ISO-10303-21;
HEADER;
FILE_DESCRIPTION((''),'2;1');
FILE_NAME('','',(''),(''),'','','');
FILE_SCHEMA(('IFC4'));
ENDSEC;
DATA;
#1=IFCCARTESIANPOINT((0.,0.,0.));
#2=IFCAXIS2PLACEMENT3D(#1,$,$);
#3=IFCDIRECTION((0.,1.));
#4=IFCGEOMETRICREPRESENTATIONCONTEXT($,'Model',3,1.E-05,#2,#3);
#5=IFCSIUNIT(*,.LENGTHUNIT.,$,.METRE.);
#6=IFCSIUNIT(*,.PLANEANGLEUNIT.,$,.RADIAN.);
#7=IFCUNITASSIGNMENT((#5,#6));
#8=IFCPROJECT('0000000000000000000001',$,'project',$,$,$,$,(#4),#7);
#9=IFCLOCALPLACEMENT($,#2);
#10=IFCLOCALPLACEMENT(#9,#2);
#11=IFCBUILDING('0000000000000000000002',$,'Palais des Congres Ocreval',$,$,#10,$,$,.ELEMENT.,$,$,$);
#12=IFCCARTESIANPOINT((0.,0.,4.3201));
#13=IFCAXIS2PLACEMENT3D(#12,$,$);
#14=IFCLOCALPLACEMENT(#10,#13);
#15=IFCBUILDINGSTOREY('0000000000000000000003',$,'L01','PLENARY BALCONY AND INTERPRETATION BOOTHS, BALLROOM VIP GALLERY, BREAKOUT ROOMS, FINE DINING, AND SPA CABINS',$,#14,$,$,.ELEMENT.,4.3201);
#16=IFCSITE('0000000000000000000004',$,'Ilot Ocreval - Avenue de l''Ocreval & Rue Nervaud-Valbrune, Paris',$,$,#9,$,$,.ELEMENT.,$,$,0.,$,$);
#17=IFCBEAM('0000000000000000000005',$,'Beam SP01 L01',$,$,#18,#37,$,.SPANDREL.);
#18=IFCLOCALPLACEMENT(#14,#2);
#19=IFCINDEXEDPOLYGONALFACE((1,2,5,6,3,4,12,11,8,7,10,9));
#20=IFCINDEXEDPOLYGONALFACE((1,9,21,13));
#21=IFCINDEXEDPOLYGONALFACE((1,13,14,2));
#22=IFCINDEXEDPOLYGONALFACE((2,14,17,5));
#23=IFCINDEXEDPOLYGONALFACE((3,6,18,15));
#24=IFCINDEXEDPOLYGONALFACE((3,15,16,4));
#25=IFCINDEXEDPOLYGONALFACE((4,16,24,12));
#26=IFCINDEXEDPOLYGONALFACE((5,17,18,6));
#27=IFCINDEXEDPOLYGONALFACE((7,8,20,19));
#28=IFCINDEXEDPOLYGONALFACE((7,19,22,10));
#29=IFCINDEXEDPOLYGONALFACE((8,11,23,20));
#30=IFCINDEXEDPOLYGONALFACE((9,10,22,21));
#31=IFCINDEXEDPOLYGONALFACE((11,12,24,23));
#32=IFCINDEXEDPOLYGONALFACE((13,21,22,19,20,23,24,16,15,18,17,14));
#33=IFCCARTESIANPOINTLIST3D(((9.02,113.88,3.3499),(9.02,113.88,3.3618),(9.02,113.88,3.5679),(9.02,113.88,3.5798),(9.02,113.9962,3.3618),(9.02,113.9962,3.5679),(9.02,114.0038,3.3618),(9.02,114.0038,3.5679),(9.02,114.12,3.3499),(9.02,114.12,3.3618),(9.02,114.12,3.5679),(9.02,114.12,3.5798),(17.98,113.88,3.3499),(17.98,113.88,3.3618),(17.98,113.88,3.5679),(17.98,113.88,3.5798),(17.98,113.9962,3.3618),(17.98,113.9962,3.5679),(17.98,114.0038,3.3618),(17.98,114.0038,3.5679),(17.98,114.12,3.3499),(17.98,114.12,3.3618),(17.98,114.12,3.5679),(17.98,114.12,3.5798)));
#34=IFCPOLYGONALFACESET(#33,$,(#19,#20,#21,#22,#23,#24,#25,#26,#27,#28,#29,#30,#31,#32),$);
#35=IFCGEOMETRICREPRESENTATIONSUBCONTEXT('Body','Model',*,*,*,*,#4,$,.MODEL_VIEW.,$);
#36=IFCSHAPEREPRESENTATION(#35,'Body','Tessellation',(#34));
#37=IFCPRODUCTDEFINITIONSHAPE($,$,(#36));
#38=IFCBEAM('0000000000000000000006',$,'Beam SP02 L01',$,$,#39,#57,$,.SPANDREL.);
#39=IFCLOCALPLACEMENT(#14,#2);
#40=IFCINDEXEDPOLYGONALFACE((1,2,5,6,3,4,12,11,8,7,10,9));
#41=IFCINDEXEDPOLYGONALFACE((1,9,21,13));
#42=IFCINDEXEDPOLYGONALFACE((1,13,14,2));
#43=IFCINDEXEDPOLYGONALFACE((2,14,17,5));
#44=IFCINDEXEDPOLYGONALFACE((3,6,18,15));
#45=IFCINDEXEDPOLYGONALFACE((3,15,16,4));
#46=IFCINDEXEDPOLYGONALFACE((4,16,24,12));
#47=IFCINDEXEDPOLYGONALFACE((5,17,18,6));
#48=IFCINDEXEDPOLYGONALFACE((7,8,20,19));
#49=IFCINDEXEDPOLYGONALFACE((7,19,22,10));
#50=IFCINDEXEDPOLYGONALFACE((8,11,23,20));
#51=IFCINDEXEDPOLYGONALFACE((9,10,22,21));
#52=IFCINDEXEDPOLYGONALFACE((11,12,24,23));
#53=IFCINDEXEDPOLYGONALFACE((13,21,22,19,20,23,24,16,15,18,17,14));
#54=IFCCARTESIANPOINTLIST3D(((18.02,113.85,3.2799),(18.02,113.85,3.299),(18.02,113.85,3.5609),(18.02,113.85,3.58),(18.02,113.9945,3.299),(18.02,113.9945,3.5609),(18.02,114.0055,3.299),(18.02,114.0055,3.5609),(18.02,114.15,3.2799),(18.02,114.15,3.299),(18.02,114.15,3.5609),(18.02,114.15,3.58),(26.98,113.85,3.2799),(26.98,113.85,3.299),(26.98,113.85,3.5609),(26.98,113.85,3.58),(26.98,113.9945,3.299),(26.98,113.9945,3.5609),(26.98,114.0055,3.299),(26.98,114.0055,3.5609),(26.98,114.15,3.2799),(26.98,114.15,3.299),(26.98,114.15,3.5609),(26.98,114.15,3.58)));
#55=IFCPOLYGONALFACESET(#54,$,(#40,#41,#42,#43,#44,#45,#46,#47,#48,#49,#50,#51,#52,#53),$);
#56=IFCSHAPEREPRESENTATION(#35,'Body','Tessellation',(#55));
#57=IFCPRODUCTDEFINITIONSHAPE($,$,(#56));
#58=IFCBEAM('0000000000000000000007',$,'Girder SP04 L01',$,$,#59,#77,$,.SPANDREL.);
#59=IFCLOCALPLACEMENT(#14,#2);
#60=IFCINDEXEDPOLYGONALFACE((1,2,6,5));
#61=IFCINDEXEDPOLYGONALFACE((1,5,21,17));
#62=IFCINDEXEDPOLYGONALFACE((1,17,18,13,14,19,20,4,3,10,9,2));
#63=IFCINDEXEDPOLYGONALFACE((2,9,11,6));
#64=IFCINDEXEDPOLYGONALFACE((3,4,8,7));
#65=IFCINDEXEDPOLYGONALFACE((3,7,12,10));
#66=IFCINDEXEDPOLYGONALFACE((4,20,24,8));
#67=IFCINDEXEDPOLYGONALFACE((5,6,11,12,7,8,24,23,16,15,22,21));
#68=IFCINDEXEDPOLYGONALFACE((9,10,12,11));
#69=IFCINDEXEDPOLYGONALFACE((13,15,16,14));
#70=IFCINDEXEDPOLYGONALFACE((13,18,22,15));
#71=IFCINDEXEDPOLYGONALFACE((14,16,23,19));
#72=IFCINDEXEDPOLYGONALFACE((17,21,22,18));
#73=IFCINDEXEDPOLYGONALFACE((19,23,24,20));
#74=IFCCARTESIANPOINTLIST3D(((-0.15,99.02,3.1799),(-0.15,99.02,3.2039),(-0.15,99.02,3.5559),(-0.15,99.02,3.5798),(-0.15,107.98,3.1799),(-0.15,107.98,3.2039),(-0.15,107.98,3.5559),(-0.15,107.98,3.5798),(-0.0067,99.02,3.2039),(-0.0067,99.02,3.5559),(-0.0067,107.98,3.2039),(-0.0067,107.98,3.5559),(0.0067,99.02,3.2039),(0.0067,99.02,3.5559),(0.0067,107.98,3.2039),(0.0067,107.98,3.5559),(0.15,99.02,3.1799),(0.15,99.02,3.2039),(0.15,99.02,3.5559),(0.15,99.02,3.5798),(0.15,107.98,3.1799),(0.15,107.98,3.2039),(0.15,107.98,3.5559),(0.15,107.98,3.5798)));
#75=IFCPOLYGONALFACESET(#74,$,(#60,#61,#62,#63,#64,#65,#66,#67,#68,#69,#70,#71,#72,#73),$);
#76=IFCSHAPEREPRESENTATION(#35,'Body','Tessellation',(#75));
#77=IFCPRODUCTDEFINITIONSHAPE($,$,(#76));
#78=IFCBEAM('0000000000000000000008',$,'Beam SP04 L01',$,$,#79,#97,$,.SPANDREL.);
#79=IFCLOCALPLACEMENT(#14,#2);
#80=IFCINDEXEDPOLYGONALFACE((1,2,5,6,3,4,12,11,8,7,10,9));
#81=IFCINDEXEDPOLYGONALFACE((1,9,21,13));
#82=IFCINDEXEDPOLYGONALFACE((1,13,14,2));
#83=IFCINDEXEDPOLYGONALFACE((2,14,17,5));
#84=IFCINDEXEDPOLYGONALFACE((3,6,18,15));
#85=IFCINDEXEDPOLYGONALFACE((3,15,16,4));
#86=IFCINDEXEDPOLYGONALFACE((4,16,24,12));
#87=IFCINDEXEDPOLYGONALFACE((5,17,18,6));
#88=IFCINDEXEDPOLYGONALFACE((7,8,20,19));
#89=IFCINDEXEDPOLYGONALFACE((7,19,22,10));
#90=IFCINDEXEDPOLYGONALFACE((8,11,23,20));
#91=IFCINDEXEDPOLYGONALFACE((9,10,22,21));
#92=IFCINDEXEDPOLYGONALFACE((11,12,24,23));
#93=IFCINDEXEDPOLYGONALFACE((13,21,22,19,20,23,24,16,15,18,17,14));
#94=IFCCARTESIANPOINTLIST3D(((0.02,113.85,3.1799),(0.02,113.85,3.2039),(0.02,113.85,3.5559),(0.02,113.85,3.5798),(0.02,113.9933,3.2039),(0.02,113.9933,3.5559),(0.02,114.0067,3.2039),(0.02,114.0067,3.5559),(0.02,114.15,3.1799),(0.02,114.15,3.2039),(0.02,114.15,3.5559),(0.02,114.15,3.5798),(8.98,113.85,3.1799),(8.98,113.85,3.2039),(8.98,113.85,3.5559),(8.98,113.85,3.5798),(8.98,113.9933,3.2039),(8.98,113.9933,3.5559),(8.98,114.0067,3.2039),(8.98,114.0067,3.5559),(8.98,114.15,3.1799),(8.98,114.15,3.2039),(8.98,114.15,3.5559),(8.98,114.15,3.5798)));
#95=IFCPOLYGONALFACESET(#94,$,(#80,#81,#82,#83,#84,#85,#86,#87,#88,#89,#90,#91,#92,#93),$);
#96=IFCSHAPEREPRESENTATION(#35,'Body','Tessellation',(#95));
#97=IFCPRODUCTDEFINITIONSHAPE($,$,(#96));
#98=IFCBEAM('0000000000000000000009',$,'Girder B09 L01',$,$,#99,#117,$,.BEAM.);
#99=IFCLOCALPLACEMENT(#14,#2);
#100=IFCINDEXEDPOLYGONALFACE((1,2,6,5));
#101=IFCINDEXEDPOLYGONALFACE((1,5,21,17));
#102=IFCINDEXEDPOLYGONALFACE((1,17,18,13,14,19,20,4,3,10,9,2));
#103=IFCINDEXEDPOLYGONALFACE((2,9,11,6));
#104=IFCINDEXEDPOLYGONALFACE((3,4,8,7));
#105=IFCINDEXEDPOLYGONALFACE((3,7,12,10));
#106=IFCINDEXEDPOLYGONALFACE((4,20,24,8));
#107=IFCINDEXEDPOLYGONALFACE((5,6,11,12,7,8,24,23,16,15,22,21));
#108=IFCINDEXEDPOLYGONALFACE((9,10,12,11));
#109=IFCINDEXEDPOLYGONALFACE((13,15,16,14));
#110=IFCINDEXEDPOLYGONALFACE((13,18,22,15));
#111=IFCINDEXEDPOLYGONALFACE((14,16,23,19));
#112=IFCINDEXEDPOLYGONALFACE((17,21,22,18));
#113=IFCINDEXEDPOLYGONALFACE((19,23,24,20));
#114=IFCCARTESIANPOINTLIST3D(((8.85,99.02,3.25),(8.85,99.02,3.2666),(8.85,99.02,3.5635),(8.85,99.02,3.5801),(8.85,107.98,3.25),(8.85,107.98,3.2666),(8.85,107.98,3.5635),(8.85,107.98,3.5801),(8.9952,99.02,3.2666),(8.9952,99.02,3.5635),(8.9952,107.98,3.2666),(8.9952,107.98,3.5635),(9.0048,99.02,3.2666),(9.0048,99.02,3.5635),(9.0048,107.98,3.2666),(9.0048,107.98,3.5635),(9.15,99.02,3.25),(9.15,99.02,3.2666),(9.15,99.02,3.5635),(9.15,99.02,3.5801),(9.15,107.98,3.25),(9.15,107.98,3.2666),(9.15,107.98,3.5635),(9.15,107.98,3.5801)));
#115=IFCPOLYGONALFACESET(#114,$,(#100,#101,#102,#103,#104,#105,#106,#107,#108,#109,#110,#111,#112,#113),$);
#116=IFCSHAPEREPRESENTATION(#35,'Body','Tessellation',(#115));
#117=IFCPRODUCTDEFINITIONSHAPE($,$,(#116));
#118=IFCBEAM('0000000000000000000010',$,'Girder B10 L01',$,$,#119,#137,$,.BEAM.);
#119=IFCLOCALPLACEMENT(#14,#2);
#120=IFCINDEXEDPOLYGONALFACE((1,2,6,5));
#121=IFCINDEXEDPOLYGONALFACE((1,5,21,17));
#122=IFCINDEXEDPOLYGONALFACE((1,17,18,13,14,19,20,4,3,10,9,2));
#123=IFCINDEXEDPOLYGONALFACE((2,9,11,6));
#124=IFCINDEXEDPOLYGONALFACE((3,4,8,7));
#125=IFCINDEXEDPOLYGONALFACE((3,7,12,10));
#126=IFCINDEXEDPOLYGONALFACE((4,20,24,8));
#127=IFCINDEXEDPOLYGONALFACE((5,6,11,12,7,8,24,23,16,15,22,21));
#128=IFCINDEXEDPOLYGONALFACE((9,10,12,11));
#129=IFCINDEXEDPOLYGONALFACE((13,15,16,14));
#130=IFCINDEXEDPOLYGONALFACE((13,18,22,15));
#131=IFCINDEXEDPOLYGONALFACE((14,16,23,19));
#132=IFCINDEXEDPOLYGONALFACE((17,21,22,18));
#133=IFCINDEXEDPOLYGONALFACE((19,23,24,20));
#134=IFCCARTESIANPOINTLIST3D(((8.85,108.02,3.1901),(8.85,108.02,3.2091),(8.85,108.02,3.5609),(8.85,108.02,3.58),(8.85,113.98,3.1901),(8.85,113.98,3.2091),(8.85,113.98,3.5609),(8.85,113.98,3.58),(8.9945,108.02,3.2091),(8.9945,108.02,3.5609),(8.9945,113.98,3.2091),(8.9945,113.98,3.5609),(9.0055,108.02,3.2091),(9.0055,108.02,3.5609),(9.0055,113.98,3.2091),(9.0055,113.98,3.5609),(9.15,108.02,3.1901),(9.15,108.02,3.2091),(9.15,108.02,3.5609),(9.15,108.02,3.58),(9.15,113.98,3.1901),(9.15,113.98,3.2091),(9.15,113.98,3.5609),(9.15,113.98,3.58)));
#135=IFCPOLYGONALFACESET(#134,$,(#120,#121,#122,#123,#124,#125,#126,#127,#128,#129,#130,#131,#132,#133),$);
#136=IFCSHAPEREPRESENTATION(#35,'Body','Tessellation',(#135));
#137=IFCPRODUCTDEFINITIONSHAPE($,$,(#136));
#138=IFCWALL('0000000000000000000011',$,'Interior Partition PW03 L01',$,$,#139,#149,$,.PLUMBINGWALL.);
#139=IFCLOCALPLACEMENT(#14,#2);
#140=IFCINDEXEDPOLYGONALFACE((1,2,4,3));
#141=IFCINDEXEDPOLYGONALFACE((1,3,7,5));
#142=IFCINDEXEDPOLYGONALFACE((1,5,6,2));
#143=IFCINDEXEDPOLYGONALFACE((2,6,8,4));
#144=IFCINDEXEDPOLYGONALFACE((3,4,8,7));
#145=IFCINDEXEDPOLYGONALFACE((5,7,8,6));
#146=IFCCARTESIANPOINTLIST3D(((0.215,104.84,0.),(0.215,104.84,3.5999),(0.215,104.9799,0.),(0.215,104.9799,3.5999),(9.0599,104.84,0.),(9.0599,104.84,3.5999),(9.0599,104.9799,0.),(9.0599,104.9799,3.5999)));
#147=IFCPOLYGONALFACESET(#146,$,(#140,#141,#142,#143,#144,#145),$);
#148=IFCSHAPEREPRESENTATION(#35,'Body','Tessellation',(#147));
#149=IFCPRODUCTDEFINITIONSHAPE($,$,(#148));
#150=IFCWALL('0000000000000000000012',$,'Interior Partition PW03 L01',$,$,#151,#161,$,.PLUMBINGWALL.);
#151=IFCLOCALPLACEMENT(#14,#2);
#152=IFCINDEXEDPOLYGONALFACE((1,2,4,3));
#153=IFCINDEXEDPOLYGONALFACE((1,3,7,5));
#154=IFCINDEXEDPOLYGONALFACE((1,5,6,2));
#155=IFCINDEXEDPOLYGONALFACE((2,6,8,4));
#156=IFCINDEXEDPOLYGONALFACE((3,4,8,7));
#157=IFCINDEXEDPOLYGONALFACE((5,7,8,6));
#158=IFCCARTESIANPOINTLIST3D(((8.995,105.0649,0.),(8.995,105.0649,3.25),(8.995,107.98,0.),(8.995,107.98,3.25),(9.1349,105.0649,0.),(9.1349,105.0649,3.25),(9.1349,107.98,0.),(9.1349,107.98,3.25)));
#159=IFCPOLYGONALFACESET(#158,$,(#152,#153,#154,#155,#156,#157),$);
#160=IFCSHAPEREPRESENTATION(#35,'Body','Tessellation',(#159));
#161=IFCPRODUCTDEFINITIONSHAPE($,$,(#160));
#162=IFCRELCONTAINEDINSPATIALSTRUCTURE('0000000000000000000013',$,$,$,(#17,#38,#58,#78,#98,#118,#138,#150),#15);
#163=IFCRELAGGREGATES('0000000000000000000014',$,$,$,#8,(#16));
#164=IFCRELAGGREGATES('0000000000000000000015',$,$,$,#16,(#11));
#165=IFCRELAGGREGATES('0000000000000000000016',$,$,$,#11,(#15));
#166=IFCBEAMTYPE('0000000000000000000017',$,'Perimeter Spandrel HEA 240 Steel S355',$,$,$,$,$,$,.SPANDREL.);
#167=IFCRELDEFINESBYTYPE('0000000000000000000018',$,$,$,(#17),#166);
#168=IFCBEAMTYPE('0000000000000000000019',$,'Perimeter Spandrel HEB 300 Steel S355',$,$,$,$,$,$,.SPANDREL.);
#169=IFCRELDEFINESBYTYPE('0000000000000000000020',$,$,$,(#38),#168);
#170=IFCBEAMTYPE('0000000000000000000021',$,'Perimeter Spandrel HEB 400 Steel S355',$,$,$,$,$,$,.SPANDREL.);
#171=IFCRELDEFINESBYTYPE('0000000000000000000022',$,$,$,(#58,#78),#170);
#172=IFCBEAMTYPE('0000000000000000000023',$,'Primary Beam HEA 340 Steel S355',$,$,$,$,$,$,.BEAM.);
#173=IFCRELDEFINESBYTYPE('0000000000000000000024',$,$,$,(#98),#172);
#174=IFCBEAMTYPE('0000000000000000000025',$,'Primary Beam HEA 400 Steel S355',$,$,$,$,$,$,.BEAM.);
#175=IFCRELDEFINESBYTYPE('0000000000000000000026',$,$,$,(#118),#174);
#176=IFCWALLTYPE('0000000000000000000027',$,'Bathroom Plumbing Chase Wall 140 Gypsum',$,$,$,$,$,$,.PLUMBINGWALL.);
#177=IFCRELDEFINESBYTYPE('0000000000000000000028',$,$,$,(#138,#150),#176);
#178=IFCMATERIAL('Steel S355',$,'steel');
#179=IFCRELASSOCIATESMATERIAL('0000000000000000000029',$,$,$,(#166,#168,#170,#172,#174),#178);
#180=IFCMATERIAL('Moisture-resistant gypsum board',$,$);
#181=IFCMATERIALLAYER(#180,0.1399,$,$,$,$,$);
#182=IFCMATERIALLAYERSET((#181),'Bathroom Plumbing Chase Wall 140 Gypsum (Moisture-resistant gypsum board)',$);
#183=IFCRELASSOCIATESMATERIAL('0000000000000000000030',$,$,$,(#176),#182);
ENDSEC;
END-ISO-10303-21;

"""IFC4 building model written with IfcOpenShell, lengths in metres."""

from ifc_helpers import new_model, si_unit, direction, frame, frame_2d, origin, origin_2d, place, context, subcontext, project, spatial, rectangle, i_section, extrude, material, layer, layer_set, material_profile, profile_set, type_object, element, save


model = new_model("IFC4")

# Units and contexts
model_context = context("Model", 3, precision=1e-05, world=origin(), true_north=direction((0.0, 1.0)))
body_context = subcontext(model_context, "Body", "Model", "MODEL_VIEW")
ifc_project = project(units=[si_unit("LENGTHUNIT", "METRE"), si_unit("PLANEANGLEUNIT", "RADIAN")], contexts=[model_context])

# Site, building, storey
site_placement = place(None, origin())
site = spatial("IfcSite", under=ifc_project, at=site_placement, Name="Ilot Ocreval - Avenue de l'Ocreval & Rue Nervaud-Valbrune, Paris", CompositionType="ELEMENT", RefElevation=0.0)
building_placement = place(site_placement, origin())
building = spatial("IfcBuilding", under=site, at=building_placement, Name="Palais des Congres Ocreval", CompositionType="ELEMENT")
storey_placement = place(building_placement, frame((0.0, 0.0, 4.3201)))
storey = spatial("IfcBuildingStorey", under=building, at=storey_placement, Name="L01", Description="PLENARY BALCONY AND INTERPRETATION BOOTHS, BALLROOM VIP GALLERY, BREAKOUT ROOMS, FINE DINING, AND SPA CABINS", CompositionType="ELEMENT", Elevation=4.3201)

# Shared definitions
ifc_material_1 = material(Name="Steel S355", Category="steel")

# Beams
ifc_material_profile_1 = material_profile(ifc_material_1, i_section(OverallWidth=0.24, OverallDepth=0.23, WebThickness=0.0076, FlangeThickness=0.012, at=origin_2d()), Name="HEA 240")
ifc_profile_set_1 = profile_set([ifc_material_profile_1], Name="Steel S355")
beam_type_1 = type_object("IfcBeamType", Name="Perimeter Spandrel HEA 240 Steel S355", PredefinedType="SPANDREL", material=ifc_profile_set_1)
beam_1_placement = place(storey_placement, frame((9.02, 114.0, 3.4648), z_axis=(1.0, 0.0, 0.0), x_axis=(0.0, 1.0, 0.0)))
element("IfcBeam", 1, at=beam_1_placement, inside=storey, type_object=beam_type_1, Name="Beam SP01 L01", PredefinedType="SPANDREL", context=body_context, shape_type="SweptSolid", body=[
    extrude(i_section(OverallWidth=0.24, OverallDepth=0.23, WebThickness=0.0076, FlangeThickness=0.012, at=origin_2d()), origin(), (0.0, 0.0, 1.0), 8.96),
])
ifc_material_profile_2 = material_profile(ifc_material_1, i_section(OverallWidth=0.3, OverallDepth=0.3, WebThickness=0.011, FlangeThickness=0.019, at=origin_2d()), Name="HEB 300")
ifc_profile_set_2 = profile_set([ifc_material_profile_2], Name="Steel S355")
beam_type_2 = type_object("IfcBeamType", Name="Perimeter Spandrel HEB 300 Steel S355", PredefinedType="SPANDREL", material=ifc_profile_set_2)
beam_2_placement = place(storey_placement, frame((18.02, 114.0, 3.4299), z_axis=(1.0, 0.0, 0.0), x_axis=(0.0, 1.0, 0.0)))
element("IfcBeam", 2, at=beam_2_placement, inside=storey, type_object=beam_type_2, Name="Beam SP02 L01", PredefinedType="SPANDREL", context=body_context, shape_type="SweptSolid", body=[
    extrude(i_section(OverallWidth=0.3, OverallDepth=0.3, WebThickness=0.011, FlangeThickness=0.019, at=origin_2d()), origin(), (0.0, 0.0, 1.0), 8.96),
])
ifc_material_profile_3 = material_profile(ifc_material_1, i_section(OverallWidth=0.3, OverallDepth=0.3999, WebThickness=0.0134, FlangeThickness=0.0239, at=origin_2d()), Name="HEB 400")
ifc_profile_set_3 = profile_set([ifc_material_profile_3], Name="Steel S355")
beam_type_3 = type_object("IfcBeamType", Name="Perimeter Spandrel HEB 400 Steel S355", PredefinedType="SPANDREL", material=ifc_profile_set_3)
for number, where, z_axis, x_axis, name in (
    (3, (0.0, 99.02, 3.3799), (0.0, 1.0, 0.0), (-1.0, 0.0, 0.0), "Girder SP04 L01"),
    (4, (0.02, 114.0, 3.3799), (1.0, 0.0, 0.0), (0.0, 1.0, 0.0), "Beam SP04 L01"),
):
    element("IfcBeam", number, at=place(storey_placement, frame(where, z_axis=z_axis, x_axis=x_axis)), inside=storey, type_object=beam_type_3, Name=name, PredefinedType="SPANDREL", context=body_context, shape_type="SweptSolid", body=[
        extrude(i_section(OverallWidth=0.3, OverallDepth=0.3999, WebThickness=0.0134, FlangeThickness=0.0239, at=origin_2d()), origin(), (0.0, 0.0, 1.0), 8.96),
    ])
ifc_material_profile_4 = material_profile(ifc_material_1, i_section(OverallWidth=0.3, OverallDepth=0.3301, WebThickness=0.0095, FlangeThickness=0.0166, at=origin_2d()), Name="HEA 340")
ifc_profile_set_4 = profile_set([ifc_material_profile_4], Name="Steel S355")
beam_type_4 = type_object("IfcBeamType", Name="Primary Beam HEA 340 Steel S355", PredefinedType="BEAM", material=ifc_profile_set_4)
beam_3_placement = place(storey_placement, frame((9.0, 99.02, 3.415), z_axis=(0.0, 1.0, 0.0), x_axis=(-1.0, 0.0, 0.0)))
element("IfcBeam", 5, at=beam_3_placement, inside=storey, type_object=beam_type_4, Name="Girder B09 L01", PredefinedType="BEAM", context=body_context, shape_type="SweptSolid", body=[
    extrude(i_section(OverallWidth=0.3, OverallDepth=0.3301, WebThickness=0.0095, FlangeThickness=0.0166, at=origin_2d()), origin(), (0.0, 0.0, 1.0), 8.96),
])
ifc_material_profile_5 = material_profile(ifc_material_1, i_section(OverallWidth=0.3, OverallDepth=0.3899, WebThickness=0.011, FlangeThickness=0.019, at=origin_2d()), Name="HEA 400")
ifc_profile_set_5 = profile_set([ifc_material_profile_5], Name="Steel S355")
beam_type_5 = type_object("IfcBeamType", Name="Primary Beam HEA 400 Steel S355", PredefinedType="BEAM", material=ifc_profile_set_5)
beam_4_placement = place(storey_placement, frame((9.0, 108.02, 3.385), z_axis=(0.0, 1.0, 0.0), x_axis=(-1.0, 0.0, 0.0)))
element("IfcBeam", 6, at=beam_4_placement, inside=storey, type_object=beam_type_5, Name="Girder B10 L01", PredefinedType="BEAM", context=body_context, shape_type="SweptSolid", body=[
    extrude(i_section(OverallWidth=0.3, OverallDepth=0.3899, WebThickness=0.011, FlangeThickness=0.019, at=origin_2d()), origin(), (0.0, 0.0, 1.0), 5.96),
])

# Walls
ifc_material_2 = material(Name="Moisture-resistant gypsum board")
ifc_layer_1 = layer(ifc_material_2, 0.1399)
ifc_layer_set_1 = layer_set([ifc_layer_1], Name="Bathroom Plumbing Chase Wall 140 Gypsum (Moisture-resistant gypsum board)")
wall_type_1 = type_object("IfcWallType", Name="Bathroom Plumbing Chase Wall 140 Gypsum", PredefinedType="PLUMBINGWALL", material=ifc_layer_set_1)
wall_1_placement = place(storey_placement, frame((0.2151, 104.9099, 0.0), z_axis=(0.0, 0.0, 1.0), x_axis=(1.0, 0.0, 0.0)))
element("IfcWall", 7, at=wall_1_placement, inside=storey, type_object=wall_type_1, Name="Interior Partition PW03 L01", PredefinedType="PLUMBINGWALL", context=body_context, shape_type="SweptSolid", body=[
    extrude(rectangle(XDim=8.845, YDim=0.1399, at=frame_2d((4.4224, 0.0))), origin(), (0.0, 0.0, 1.0), 3.5999),
])
wall_2_placement = place(storey_placement, frame((9.0649, 105.0649, 0.0), z_axis=(0.0, 0.0, 1.0), x_axis=(0.0, 1.0, 0.0)))
element("IfcWall", 8, at=wall_2_placement, inside=storey, type_object=wall_type_1, Name="Interior Partition PW03 L01", PredefinedType="PLUMBINGWALL", context=body_context, shape_type="SweptSolid", body=[
    extrude(rectangle(XDim=2.915, YDim=0.1399, at=frame_2d((1.4575, 0.0))), origin(), (0.0, 0.0, 1.0), 3.25),
])

save(model, "model.ifc")
